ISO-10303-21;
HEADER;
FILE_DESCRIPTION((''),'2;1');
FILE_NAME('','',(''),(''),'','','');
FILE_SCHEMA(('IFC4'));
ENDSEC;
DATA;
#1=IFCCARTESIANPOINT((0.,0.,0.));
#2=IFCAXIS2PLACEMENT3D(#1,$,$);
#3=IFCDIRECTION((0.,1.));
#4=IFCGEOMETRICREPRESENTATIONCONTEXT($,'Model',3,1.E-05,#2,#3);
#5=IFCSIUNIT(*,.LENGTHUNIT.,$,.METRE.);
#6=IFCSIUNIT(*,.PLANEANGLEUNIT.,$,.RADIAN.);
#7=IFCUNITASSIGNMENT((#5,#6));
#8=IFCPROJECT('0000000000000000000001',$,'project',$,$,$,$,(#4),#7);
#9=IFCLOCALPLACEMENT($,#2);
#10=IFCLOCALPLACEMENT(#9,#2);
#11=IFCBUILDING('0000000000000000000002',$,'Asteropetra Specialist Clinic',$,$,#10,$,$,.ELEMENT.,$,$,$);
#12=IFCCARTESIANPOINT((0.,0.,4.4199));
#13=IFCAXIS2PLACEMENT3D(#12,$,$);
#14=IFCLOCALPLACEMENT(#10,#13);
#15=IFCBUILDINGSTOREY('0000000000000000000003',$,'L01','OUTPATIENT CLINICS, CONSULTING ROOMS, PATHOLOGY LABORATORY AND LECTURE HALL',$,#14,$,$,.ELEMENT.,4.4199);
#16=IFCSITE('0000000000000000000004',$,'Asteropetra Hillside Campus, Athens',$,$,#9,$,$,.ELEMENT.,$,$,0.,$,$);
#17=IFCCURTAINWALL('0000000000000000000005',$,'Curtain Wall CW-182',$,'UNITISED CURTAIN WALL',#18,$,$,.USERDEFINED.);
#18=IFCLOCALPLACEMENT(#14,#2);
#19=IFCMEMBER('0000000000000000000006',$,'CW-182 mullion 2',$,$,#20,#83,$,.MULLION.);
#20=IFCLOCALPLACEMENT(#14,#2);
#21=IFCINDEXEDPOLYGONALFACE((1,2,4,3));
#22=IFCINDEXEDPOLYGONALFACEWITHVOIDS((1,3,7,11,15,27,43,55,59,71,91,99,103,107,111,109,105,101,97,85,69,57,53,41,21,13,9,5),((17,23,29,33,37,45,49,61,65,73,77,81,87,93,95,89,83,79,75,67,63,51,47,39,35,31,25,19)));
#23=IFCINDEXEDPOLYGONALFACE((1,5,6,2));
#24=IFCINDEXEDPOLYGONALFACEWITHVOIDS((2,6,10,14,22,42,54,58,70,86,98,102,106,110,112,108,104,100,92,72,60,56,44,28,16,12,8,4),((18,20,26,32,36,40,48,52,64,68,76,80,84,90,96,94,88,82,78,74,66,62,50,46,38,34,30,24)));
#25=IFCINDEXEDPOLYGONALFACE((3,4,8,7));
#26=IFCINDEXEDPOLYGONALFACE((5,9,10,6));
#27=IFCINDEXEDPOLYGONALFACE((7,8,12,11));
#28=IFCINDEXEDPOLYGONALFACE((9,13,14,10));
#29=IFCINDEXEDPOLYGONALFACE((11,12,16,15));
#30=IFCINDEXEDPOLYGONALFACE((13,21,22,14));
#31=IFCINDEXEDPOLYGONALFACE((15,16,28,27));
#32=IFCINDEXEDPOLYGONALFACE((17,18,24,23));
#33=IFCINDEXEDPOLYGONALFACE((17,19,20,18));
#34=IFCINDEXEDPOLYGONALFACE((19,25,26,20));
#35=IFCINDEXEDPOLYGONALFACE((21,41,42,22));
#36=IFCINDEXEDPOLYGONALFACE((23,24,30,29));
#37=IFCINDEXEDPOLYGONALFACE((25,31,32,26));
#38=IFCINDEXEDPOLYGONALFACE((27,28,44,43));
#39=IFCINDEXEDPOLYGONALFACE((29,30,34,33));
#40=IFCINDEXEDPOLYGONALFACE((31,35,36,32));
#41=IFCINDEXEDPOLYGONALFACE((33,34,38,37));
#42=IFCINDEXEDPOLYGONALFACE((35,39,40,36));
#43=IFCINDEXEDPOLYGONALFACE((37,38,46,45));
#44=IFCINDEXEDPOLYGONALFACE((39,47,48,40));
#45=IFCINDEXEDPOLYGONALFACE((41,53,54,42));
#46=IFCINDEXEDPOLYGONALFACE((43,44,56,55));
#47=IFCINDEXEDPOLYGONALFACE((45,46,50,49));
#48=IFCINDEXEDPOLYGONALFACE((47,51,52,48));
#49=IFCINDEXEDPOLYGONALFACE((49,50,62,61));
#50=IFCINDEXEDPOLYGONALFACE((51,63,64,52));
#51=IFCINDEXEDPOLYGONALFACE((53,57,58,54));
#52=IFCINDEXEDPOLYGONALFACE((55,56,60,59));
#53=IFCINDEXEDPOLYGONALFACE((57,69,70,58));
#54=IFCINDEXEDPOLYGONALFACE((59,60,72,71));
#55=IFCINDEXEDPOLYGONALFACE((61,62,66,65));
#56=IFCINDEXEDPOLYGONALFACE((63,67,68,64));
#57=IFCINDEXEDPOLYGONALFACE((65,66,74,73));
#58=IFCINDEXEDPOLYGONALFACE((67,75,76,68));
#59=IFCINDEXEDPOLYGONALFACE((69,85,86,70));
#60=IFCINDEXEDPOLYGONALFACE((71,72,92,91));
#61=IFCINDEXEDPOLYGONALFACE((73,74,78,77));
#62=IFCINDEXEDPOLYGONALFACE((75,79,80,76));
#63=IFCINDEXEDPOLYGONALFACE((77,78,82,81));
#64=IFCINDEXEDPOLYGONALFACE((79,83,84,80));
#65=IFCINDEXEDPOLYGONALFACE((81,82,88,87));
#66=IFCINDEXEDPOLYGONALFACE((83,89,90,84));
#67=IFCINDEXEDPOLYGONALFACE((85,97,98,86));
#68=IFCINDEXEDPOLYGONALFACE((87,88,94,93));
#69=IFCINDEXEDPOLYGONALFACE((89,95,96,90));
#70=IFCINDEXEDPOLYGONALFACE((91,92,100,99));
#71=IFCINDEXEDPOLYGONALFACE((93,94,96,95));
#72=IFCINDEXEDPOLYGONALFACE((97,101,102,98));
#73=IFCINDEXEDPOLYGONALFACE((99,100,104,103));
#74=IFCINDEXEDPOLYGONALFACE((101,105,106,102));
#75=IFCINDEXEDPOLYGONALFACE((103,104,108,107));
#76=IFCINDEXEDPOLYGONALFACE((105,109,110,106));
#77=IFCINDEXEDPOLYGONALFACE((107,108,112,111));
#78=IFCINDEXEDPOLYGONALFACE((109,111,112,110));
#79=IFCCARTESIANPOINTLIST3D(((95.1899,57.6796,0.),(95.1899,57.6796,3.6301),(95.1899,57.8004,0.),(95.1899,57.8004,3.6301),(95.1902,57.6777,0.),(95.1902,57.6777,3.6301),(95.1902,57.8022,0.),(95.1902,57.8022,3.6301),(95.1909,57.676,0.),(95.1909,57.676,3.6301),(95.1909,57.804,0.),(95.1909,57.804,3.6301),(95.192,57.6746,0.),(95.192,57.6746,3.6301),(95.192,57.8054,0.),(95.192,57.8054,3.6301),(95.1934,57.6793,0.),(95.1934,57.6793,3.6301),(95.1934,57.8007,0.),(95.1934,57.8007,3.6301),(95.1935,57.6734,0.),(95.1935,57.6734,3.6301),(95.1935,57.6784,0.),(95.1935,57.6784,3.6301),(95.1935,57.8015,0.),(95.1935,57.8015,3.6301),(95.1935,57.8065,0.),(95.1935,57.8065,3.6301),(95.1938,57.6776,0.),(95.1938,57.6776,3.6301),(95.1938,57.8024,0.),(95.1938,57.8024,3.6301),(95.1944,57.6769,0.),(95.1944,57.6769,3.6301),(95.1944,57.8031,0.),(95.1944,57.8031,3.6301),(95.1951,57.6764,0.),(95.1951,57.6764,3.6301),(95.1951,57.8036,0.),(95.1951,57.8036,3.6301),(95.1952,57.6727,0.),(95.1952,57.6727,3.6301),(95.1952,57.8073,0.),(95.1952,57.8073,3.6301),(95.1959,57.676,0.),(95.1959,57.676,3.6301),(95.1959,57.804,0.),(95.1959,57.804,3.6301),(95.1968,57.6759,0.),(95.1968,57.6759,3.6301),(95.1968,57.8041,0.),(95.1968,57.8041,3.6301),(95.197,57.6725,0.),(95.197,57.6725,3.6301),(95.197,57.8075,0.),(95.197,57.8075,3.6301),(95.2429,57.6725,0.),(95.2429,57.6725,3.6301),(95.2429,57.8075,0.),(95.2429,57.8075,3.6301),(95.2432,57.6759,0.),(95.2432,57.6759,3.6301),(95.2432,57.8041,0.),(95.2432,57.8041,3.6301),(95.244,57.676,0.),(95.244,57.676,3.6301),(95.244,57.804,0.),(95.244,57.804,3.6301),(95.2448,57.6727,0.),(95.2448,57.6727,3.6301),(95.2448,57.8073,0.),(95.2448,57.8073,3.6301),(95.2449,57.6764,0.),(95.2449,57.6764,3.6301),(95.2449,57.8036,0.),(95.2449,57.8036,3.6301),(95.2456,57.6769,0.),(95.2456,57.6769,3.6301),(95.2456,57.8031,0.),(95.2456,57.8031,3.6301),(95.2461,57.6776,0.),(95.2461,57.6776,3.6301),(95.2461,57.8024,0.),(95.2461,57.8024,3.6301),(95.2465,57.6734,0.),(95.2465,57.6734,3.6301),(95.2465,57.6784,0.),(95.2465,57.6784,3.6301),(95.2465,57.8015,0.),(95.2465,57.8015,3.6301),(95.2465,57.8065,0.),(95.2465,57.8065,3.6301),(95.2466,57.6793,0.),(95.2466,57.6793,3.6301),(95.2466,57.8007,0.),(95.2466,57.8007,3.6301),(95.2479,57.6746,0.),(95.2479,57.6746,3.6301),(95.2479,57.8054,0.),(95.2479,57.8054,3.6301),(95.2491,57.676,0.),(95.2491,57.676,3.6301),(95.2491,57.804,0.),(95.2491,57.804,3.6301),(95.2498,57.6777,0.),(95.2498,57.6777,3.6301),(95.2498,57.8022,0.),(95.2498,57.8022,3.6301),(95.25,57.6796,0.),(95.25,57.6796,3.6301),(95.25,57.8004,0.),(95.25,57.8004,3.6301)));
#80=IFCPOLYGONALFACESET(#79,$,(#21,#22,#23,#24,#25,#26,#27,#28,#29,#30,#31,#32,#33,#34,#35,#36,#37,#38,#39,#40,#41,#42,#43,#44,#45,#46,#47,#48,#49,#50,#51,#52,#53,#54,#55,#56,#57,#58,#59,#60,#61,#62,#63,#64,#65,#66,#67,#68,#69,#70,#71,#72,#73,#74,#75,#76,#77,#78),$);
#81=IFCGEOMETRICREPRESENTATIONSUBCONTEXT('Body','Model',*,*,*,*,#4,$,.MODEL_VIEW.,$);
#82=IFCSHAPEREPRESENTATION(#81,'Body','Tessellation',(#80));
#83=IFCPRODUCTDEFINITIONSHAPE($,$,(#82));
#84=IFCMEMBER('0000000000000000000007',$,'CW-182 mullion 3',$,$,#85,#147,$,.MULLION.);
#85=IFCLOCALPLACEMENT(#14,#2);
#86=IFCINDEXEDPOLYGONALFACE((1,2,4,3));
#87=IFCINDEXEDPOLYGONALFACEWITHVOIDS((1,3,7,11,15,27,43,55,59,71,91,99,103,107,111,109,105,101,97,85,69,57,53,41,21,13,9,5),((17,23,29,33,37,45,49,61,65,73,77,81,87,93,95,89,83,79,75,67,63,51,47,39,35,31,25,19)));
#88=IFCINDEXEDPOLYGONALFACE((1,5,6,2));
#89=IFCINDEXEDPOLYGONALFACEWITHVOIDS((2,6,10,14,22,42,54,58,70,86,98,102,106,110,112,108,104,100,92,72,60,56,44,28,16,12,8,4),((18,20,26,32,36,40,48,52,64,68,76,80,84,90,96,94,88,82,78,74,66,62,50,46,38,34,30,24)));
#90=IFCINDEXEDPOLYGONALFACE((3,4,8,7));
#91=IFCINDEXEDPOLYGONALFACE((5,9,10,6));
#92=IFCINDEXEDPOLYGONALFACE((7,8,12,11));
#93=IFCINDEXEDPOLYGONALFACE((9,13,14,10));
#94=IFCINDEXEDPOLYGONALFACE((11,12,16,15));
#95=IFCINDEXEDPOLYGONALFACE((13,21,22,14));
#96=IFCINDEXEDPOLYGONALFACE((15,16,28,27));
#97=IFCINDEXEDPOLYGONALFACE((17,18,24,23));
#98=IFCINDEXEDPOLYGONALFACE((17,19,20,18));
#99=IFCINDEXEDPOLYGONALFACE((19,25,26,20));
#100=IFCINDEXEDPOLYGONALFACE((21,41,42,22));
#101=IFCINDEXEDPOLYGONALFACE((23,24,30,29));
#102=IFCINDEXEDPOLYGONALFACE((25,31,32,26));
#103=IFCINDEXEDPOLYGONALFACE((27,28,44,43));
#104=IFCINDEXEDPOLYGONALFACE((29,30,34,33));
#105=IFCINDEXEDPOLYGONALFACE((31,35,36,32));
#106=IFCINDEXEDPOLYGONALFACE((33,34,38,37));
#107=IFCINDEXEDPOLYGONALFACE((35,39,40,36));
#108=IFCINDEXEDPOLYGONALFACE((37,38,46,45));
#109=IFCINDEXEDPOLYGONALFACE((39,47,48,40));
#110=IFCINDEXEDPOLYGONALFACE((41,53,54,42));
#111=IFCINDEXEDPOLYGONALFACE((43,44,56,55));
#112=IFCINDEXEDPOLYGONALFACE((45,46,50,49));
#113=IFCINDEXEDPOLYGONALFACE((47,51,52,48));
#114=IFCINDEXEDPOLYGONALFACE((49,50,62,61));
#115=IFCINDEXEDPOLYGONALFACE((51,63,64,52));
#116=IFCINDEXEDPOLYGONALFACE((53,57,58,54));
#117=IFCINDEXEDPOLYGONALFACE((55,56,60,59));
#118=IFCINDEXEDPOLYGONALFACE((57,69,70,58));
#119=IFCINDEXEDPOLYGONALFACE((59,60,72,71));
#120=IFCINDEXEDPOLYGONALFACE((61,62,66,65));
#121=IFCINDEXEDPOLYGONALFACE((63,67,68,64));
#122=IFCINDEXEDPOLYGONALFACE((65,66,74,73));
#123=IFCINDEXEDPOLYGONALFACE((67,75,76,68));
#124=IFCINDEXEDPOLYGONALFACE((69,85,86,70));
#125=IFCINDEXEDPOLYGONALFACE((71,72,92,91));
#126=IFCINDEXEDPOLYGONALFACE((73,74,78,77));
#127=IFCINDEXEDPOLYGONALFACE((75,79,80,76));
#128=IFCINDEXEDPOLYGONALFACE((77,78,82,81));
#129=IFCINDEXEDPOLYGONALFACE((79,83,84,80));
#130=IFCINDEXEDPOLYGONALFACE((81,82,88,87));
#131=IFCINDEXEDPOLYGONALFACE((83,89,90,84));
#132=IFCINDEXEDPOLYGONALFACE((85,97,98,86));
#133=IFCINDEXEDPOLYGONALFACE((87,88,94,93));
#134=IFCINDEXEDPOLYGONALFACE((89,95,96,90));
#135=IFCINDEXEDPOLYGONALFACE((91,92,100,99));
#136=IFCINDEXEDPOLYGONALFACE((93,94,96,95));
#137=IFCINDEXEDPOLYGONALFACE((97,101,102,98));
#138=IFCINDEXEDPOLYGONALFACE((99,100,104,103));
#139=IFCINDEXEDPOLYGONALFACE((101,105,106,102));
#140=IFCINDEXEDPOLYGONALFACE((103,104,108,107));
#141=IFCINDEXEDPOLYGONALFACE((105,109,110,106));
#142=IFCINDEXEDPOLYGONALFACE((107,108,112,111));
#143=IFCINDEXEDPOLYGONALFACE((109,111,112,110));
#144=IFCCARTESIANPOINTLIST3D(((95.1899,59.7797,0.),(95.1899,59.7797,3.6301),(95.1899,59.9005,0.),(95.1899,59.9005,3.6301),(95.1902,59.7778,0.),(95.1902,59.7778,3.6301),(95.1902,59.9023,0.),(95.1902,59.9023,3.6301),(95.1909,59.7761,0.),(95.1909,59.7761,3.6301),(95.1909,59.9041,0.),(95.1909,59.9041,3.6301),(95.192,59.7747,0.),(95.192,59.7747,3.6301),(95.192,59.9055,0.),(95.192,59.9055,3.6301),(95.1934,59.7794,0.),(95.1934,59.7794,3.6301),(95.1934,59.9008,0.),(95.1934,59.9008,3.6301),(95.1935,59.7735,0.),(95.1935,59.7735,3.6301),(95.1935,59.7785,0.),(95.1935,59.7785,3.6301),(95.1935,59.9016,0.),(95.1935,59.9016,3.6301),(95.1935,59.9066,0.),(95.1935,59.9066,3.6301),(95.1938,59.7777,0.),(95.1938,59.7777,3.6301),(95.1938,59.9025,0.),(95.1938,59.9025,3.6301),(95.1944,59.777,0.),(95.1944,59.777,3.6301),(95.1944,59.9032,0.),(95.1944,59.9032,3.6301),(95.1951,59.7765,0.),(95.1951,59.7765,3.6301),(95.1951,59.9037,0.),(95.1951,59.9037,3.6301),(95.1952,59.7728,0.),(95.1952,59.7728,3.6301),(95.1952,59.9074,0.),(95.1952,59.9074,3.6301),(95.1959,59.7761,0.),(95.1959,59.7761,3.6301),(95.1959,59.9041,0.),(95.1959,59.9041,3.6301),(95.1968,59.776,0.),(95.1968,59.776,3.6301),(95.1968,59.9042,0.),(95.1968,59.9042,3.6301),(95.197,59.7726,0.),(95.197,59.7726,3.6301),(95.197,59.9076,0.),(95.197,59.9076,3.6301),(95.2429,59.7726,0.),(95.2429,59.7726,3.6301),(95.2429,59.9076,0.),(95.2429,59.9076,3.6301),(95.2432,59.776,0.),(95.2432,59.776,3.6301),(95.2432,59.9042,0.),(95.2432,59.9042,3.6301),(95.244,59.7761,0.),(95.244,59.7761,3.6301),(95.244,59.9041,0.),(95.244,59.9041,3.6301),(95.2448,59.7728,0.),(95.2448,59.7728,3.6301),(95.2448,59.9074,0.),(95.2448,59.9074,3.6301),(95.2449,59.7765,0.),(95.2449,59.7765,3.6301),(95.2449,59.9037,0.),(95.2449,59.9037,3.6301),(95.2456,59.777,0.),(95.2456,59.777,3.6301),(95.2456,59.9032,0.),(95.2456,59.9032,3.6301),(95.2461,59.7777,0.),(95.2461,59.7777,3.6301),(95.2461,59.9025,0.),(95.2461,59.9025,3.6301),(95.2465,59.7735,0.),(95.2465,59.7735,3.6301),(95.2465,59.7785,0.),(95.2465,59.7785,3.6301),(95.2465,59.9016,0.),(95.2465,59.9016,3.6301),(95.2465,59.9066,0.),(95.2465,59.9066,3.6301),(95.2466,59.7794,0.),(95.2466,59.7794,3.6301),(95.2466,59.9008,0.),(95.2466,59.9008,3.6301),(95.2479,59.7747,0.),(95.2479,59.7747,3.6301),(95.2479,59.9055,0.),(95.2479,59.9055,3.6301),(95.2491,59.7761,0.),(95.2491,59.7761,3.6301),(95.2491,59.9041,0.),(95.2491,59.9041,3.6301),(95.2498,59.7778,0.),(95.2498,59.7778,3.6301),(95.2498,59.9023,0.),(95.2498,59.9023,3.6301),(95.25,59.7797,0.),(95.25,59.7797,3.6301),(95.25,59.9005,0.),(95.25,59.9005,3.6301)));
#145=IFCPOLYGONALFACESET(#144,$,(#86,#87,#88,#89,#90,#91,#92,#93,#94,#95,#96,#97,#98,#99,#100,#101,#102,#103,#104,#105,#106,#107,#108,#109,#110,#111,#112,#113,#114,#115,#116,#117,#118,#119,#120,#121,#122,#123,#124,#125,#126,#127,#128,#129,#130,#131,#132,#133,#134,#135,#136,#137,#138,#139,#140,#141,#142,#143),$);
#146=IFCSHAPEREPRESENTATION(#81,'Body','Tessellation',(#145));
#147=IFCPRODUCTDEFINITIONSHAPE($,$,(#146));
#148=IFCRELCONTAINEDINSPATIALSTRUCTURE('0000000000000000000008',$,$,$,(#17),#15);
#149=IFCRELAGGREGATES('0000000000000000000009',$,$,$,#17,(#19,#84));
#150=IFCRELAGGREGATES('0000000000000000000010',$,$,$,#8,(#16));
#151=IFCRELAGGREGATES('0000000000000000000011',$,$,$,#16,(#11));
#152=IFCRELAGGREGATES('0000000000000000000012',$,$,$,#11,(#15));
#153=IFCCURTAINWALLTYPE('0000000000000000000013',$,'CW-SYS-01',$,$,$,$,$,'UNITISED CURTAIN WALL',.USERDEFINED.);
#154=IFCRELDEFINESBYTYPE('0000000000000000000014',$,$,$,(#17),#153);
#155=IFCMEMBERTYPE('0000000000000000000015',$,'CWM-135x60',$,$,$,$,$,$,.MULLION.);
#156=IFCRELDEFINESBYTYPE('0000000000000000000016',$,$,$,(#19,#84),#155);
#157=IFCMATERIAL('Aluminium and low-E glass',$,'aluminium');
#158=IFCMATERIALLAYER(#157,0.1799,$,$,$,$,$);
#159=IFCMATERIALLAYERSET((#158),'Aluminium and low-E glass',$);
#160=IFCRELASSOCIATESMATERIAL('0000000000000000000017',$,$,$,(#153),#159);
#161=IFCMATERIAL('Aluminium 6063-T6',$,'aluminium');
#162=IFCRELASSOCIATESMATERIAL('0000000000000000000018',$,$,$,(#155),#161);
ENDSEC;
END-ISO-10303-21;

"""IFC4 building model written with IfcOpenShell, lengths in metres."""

from ifc_helpers import new_model, si_unit, direction, frame, origin, origin_2d, place, context, subcontext, project, spatial, hollow_rectangle, extrude, material, layer, layer_set, material_profile, profile_set, type_object, element, aggregate, save


model = new_model("IFC4")

# Units and contexts
model_context = context("Model", 3, precision=1e-05, world=origin(), true_north=direction((0.0, 1.0)))
body_context = subcontext(model_context, "Body", "Model", "MODEL_VIEW")
ifc_project = project(units=[si_unit("LENGTHUNIT", "METRE"), si_unit("PLANEANGLEUNIT", "RADIAN")], contexts=[model_context])

# Site, building, storey
site_placement = place(None, origin())
site = spatial("IfcSite", under=ifc_project, at=site_placement, Name="Asteropetra Hillside Campus, Athens", CompositionType="ELEMENT", RefElevation=0.0)
building_placement = place(site_placement, origin())
building = spatial("IfcBuilding", under=site, at=building_placement, Name="Asteropetra Specialist Clinic", CompositionType="ELEMENT")
storey_placement = place(building_placement, frame((0.0, 0.0, 4.4199)))
storey = spatial("IfcBuildingStorey", under=building, at=storey_placement, Name="L01", Description="OUTPATIENT CLINICS, CONSULTING ROOMS, PATHOLOGY LABORATORY AND LECTURE HALL", CompositionType="ELEMENT", Elevation=4.4199)

# Curtain wall, members
ifc_material_1 = material(Name="Aluminium and low-E glass", Category="aluminium")
ifc_layer_1 = layer(ifc_material_1, 0.1799)
ifc_layer_set_1 = layer_set([ifc_layer_1], Name="Aluminium and low-E glass")
curtain_wall_type = type_object("IfcCurtainWallType", Name="CW-SYS-01", ElementType="UNITISED CURTAIN WALL", PredefinedType="USERDEFINED", material=ifc_layer_set_1)
curtain_wall_placement = place(storey_placement, origin())
curtain_wall = element("IfcCurtainWall", 1, at=curtain_wall_placement, inside=storey, type_object=curtain_wall_type, Name="Curtain Wall CW-182", ObjectType="UNITISED CURTAIN WALL", PredefinedType="USERDEFINED")
ifc_material_2 = material(Name="Aluminium 6063-T6", Category="aluminium")
ifc_material_profile_1 = material_profile(ifc_material_2, hollow_rectangle(XDim=0.0601, YDim=0.135, WallThickness=0.0034, InnerFilletRadius=0.0034, OuterFilletRadius=0.0071, at=origin_2d()), Name="MUL 135x60x3.5")
ifc_profile_set_1 = profile_set([ifc_material_profile_1], Name="Aluminium 6063-T6")
member_type_1 = type_object("IfcMemberType", Name="CWM-135x60", PredefinedType="MULLION", material=ifc_profile_set_1)
member_1_placement = place(storey_placement, frame((95.22, 57.74, 0.0), z_axis=(0.0, 0.0, 1.0), x_axis=(-1.0, 0.0, 0.0)))
member_1 = element("IfcMember", 2, at=member_1_placement, type_object=member_type_1, Name="CW-182 mullion 2", PredefinedType="MULLION", context=body_context, shape_type="SweptSolid", body=[
    extrude(hollow_rectangle(XDim=0.0601, YDim=0.135, WallThickness=0.0034, InnerFilletRadius=0.0034, OuterFilletRadius=0.0071, at=origin_2d()), origin(), (0.0, 0.0, 1.0), 3.6301),
])
member_2_placement = place(storey_placement, frame((95.22, 59.8401, 0.0), z_axis=(0.0, 0.0, 1.0), x_axis=(-1.0, 0.0, 0.0)))
member_2 = element("IfcMember", 3, at=member_2_placement, type_object=member_type_1, Name="CW-182 mullion 3", PredefinedType="MULLION", context=body_context, shape_type="SweptSolid", body=[
    extrude(hollow_rectangle(XDim=0.0601, YDim=0.135, WallThickness=0.0034, InnerFilletRadius=0.0034, OuterFilletRadius=0.0071, at=origin_2d()), origin(), (0.0, 0.0, 1.0), 3.6301),
])
aggregate(curtain_wall, [member_1, member_2])

save(model, "model.ifc")
